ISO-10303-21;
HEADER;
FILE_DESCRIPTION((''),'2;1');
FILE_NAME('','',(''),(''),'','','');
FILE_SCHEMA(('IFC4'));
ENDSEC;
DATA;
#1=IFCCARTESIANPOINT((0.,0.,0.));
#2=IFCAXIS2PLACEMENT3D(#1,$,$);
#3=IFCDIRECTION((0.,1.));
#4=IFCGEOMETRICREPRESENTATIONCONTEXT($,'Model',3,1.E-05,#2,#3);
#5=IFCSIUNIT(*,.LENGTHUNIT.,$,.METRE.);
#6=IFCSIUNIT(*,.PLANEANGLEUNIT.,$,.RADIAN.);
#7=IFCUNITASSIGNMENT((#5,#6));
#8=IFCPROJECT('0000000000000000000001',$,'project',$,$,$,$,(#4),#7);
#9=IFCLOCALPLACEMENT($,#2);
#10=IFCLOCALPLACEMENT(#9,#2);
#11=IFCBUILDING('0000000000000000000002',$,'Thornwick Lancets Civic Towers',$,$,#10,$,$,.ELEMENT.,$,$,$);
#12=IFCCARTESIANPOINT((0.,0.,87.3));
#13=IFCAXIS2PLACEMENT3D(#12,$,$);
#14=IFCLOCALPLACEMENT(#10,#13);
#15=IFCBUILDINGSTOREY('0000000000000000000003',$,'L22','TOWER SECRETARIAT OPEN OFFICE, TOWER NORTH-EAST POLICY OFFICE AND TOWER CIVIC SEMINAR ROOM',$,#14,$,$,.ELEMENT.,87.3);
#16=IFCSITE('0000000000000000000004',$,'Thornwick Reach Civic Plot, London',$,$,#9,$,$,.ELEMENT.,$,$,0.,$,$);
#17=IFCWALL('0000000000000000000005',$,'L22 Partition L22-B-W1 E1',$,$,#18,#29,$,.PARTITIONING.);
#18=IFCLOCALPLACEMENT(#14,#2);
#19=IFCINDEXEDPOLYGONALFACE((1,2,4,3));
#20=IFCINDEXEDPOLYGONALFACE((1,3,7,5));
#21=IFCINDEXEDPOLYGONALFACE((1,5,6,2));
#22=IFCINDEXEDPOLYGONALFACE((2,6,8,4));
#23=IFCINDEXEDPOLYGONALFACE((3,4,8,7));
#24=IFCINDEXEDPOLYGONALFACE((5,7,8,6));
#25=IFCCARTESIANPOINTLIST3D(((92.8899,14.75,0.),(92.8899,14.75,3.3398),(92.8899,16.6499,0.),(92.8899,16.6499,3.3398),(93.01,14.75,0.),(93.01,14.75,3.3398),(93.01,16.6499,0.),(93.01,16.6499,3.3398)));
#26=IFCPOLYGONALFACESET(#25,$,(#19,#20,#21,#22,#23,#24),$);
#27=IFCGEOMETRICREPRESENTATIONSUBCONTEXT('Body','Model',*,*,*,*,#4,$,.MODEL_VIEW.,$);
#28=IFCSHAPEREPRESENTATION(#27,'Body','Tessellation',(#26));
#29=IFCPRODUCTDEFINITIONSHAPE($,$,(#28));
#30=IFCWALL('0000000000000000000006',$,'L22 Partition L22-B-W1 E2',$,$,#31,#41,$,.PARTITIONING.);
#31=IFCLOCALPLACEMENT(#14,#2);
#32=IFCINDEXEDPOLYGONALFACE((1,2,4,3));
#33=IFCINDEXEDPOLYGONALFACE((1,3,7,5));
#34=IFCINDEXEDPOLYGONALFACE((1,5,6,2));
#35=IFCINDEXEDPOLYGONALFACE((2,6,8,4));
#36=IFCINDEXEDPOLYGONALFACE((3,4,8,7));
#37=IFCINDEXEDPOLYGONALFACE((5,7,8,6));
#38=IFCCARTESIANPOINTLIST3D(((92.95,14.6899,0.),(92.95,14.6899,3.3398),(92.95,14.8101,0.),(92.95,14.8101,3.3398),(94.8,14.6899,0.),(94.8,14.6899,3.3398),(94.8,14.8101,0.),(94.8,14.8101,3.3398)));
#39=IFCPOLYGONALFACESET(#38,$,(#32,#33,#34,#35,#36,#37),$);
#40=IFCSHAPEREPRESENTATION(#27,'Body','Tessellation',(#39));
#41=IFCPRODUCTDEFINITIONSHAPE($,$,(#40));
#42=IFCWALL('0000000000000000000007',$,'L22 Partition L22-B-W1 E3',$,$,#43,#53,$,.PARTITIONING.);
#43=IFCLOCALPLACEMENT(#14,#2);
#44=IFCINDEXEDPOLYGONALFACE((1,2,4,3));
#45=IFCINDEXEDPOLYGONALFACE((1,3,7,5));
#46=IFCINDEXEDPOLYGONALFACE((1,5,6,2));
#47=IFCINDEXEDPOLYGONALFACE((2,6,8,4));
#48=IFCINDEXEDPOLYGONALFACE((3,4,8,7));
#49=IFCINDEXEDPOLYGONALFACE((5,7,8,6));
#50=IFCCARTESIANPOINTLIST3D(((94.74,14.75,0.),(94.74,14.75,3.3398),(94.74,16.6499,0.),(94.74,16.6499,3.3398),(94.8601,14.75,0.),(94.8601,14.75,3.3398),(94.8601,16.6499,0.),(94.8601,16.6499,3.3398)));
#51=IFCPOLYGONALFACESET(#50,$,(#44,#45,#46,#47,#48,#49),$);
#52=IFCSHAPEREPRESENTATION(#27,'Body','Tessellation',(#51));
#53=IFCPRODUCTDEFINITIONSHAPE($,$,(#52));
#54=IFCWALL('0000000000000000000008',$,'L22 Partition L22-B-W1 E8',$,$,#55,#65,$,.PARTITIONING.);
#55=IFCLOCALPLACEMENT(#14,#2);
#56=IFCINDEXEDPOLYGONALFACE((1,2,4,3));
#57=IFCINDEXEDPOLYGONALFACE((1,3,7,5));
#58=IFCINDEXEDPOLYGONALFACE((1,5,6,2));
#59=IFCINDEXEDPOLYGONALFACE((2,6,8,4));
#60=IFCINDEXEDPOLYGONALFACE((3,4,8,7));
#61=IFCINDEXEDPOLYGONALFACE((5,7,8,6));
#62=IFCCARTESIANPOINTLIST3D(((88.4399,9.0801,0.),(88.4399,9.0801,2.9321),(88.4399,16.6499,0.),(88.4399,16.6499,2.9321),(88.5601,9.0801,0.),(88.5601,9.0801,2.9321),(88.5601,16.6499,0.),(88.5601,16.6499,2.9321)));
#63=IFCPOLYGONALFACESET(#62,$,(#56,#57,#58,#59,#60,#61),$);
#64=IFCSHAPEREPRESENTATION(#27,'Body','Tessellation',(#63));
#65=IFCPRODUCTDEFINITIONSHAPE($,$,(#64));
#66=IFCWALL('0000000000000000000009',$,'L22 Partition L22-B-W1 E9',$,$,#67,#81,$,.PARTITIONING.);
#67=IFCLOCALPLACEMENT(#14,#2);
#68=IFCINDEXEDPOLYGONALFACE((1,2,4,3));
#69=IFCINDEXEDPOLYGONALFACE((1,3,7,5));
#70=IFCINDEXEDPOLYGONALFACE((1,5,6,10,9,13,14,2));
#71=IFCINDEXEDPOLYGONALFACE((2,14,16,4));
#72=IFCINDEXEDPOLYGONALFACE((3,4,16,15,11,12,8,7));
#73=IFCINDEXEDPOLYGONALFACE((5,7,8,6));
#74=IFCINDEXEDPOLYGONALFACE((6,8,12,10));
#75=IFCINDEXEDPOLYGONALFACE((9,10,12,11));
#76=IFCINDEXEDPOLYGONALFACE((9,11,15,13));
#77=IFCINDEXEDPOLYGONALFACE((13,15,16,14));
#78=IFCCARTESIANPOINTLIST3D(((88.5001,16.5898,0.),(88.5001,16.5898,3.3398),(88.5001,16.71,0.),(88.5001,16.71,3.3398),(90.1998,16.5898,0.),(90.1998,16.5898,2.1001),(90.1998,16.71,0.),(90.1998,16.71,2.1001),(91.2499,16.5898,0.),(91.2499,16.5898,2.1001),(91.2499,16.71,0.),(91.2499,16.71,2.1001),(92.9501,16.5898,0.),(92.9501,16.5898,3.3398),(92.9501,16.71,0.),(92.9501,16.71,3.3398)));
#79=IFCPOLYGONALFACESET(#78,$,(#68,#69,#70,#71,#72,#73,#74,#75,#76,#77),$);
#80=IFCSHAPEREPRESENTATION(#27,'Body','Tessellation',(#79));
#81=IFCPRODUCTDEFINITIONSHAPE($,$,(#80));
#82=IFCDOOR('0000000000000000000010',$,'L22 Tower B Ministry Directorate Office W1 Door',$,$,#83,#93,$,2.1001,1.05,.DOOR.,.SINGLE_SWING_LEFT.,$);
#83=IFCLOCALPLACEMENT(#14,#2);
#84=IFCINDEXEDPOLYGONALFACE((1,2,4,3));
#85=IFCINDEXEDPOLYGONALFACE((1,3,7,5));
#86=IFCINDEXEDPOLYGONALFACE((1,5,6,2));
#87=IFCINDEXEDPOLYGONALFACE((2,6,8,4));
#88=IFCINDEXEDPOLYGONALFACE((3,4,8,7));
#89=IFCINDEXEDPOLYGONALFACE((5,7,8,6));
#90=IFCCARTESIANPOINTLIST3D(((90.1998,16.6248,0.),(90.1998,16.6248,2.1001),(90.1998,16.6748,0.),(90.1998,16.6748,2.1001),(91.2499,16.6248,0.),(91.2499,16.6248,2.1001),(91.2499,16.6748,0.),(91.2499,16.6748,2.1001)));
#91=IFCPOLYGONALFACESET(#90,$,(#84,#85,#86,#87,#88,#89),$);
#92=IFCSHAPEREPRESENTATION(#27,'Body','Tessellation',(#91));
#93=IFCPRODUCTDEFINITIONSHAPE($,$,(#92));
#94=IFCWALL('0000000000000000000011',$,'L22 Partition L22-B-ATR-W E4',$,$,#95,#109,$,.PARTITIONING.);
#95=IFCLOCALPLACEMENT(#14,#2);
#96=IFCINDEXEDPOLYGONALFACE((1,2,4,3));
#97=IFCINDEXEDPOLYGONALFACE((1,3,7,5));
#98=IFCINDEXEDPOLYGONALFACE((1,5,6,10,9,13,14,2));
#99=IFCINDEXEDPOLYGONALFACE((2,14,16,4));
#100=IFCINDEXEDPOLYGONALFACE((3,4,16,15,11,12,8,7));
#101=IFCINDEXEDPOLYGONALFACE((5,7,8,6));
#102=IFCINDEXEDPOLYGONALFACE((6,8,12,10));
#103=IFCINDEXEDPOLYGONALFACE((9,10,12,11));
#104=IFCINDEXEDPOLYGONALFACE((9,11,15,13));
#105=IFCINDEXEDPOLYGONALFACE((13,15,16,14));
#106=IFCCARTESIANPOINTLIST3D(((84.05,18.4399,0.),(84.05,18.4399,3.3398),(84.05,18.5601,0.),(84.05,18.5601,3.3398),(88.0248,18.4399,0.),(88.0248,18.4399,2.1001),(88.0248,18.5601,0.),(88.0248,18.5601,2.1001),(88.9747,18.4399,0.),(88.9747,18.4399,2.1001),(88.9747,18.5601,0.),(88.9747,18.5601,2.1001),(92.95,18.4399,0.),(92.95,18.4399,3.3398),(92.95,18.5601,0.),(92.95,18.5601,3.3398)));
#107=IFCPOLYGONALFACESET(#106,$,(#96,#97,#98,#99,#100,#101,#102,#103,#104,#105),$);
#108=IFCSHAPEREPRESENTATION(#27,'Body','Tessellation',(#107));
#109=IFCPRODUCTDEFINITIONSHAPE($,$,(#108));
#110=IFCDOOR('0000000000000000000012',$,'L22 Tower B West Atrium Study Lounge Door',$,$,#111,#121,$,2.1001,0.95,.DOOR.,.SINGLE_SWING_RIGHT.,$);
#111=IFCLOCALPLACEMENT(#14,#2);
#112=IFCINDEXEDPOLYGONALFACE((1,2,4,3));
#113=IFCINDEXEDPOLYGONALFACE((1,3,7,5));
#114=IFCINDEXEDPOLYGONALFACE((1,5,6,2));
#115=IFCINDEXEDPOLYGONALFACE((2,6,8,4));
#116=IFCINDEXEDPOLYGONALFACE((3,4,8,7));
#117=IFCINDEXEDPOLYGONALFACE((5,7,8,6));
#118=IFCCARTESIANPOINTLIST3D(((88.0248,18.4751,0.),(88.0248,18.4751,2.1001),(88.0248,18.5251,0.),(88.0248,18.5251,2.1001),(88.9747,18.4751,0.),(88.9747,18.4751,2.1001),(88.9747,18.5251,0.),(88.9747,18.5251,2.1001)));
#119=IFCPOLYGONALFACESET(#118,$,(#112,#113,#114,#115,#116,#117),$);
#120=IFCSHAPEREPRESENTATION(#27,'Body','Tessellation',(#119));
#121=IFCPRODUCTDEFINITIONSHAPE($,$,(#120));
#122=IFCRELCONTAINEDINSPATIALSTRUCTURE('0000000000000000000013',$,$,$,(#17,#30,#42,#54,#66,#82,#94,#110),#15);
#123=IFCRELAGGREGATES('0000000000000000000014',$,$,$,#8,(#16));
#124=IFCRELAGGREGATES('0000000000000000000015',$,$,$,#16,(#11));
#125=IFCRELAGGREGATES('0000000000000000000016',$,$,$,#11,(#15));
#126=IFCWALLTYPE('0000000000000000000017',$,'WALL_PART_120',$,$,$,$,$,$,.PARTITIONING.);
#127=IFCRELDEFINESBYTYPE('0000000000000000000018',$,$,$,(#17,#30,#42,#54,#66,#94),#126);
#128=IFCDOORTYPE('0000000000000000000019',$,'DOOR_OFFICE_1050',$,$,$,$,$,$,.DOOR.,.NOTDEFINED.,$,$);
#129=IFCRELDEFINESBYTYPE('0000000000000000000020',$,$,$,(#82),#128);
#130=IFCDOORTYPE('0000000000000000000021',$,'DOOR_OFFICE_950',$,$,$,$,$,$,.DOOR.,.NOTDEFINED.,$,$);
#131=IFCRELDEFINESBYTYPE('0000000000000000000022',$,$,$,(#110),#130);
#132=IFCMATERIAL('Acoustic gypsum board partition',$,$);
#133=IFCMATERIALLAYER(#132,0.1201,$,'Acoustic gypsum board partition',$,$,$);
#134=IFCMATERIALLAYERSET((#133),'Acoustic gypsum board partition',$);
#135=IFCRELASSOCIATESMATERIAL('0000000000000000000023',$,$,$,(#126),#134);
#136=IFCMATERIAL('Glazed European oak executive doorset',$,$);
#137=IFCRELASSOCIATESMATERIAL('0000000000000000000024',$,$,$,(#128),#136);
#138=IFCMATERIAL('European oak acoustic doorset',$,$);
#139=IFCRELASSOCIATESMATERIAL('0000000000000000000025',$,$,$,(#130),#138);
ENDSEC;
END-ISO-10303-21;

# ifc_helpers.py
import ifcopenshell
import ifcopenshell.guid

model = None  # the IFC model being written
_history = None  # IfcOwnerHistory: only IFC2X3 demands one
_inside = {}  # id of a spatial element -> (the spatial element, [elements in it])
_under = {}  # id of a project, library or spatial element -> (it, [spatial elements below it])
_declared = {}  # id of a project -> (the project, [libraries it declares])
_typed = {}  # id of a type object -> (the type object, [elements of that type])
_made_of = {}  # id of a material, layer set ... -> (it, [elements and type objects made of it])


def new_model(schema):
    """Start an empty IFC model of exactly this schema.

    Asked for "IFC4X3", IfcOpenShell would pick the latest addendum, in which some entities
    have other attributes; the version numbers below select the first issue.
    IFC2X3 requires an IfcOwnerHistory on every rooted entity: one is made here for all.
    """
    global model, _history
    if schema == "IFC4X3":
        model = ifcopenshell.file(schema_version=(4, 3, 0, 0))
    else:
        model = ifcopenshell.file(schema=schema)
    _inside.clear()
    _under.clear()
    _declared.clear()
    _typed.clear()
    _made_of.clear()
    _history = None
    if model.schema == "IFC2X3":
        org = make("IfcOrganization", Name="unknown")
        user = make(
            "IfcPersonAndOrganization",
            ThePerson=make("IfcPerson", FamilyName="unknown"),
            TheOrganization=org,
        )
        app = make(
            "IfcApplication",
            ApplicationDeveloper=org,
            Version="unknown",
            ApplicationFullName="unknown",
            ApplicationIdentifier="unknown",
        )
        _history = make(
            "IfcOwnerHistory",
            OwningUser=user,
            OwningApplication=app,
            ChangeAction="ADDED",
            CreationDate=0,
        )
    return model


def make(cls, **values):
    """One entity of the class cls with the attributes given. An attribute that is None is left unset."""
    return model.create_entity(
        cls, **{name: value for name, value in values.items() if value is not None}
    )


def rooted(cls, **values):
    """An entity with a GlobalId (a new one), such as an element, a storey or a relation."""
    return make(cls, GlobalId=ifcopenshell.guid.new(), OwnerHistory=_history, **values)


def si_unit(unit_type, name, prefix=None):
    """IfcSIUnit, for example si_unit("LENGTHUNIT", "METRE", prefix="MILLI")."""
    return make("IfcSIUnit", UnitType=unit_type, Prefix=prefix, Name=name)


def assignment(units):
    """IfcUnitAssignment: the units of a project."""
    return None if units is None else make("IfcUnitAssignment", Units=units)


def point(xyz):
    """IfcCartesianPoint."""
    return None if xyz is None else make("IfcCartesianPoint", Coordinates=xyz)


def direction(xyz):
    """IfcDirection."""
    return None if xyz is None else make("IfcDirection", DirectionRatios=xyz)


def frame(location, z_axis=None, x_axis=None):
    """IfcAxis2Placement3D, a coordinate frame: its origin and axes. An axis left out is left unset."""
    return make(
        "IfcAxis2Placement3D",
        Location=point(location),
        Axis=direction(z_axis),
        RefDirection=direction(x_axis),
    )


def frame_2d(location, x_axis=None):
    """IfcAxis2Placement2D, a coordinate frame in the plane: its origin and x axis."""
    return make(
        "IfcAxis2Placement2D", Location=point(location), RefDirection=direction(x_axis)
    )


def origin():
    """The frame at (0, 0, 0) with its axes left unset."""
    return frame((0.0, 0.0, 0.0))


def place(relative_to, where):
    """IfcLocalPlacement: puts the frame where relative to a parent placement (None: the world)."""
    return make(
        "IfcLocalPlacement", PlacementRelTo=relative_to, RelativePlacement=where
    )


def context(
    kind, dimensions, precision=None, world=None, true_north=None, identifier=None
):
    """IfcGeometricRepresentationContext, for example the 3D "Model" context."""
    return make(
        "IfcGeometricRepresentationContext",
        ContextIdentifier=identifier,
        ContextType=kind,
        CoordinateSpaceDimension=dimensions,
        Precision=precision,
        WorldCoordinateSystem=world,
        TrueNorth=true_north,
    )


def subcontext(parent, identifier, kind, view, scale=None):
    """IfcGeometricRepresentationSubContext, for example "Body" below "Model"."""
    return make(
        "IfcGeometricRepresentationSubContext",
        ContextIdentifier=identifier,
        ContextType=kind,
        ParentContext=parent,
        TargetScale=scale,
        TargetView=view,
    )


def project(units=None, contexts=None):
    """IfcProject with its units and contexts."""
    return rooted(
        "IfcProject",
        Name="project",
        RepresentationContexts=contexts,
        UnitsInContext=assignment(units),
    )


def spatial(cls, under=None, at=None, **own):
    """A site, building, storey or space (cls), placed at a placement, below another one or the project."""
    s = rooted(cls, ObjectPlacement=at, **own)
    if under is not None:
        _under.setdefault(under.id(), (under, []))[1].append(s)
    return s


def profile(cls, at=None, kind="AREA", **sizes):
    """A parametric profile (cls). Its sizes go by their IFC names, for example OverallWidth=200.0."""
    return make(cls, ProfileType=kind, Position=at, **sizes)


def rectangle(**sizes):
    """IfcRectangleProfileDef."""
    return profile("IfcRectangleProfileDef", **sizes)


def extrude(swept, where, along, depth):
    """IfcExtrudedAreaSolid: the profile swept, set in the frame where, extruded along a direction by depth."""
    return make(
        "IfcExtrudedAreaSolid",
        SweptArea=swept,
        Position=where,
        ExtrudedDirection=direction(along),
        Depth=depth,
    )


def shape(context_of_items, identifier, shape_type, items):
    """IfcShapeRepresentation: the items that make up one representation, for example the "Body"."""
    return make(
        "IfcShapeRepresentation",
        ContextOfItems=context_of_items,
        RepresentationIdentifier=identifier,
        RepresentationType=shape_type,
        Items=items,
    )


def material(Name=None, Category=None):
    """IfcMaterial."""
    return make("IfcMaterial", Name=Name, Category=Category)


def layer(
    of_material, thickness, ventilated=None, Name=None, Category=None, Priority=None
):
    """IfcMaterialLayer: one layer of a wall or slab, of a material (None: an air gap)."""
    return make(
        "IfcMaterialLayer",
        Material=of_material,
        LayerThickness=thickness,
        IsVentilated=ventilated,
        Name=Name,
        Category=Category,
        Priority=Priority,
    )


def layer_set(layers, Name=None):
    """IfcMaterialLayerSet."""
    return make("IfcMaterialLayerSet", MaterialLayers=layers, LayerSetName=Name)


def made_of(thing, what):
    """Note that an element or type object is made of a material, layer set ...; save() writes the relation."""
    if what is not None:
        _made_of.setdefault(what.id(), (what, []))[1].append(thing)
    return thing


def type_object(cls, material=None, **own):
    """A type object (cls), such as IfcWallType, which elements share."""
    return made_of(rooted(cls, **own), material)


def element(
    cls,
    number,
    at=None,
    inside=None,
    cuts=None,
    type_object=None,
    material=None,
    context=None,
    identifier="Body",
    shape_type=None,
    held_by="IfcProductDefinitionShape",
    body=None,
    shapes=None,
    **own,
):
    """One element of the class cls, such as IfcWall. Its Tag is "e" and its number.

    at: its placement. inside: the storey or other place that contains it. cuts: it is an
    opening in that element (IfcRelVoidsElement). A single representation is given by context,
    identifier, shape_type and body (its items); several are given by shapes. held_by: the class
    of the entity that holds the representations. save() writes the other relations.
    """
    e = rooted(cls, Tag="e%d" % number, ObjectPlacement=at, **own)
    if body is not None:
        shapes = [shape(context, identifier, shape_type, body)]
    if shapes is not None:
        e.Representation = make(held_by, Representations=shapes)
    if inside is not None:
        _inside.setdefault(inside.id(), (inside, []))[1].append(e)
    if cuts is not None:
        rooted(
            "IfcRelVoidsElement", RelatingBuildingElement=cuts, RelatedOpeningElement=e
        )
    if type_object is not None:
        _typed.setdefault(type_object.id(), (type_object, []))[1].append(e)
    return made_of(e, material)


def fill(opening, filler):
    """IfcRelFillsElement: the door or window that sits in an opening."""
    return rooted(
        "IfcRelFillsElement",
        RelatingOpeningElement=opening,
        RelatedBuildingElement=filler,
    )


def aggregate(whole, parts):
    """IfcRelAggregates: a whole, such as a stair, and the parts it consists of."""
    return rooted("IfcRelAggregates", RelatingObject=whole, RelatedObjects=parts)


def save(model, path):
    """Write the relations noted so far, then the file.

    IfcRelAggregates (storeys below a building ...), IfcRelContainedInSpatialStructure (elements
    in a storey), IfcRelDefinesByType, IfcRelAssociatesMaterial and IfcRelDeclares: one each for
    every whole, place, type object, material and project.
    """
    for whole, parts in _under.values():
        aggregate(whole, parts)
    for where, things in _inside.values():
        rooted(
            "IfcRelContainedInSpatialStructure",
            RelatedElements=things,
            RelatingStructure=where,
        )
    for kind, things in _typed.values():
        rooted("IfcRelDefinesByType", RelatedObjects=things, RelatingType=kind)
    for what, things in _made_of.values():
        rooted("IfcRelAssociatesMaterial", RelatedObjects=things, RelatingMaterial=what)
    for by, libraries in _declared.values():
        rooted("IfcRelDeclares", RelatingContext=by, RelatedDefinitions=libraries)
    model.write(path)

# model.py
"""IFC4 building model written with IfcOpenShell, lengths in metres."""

from ifc_helpers import new_model, si_unit, direction, frame, frame_2d, origin, place, context, subcontext, project, spatial, rectangle, extrude, material, layer, layer_set, type_object, element, fill, save


model = new_model("IFC4")

# Units and contexts
model_context = context("Model", 3, precision=1e-05, world=origin(), true_north=direction((0.0, 1.0)))
body_context = subcontext(model_context, "Body", "Model", "MODEL_VIEW")
ifc_project = project(units=[si_unit("LENGTHUNIT", "METRE"), si_unit("PLANEANGLEUNIT", "RADIAN")], contexts=[model_context])

# Site, building, storey
site_placement = place(None, origin())
site = spatial("IfcSite", under=ifc_project, at=site_placement, Name="Thornwick Reach Civic Plot, London", CompositionType="ELEMENT", RefElevation=0.0)
building_placement = place(site_placement, origin())
building = spatial("IfcBuilding", under=site, at=building_placement, Name="Thornwick Lancets Civic Towers", CompositionType="ELEMENT")
storey_placement = place(building_placement, frame((0.0, 0.0, 87.3)))
storey = spatial("IfcBuildingStorey", under=building, at=storey_placement, Name="L22", Description="TOWER SECRETARIAT OPEN OFFICE, TOWER NORTH-EAST POLICY OFFICE AND TOWER CIVIC SEMINAR ROOM", CompositionType="ELEMENT", Elevation=87.3)

# Walls
ifc_material_1 = material(Name="Acoustic gypsum board partition")
ifc_layer_1 = layer(ifc_material_1, 0.1201, Name="Acoustic gypsum board partition")
ifc_layer_set_1 = layer_set([ifc_layer_1], Name="Acoustic gypsum board partition")
wall_type_1 = type_object("IfcWallType", Name="WALL_PART_120", PredefinedType="PARTITIONING", material=ifc_layer_set_1)
wall_1_placement = place(storey_placement, frame((92.95, 16.6499, 0.0), z_axis=(0.0, 0.0, 1.0), x_axis=(0.0, -1.0, 0.0)))
element("IfcWall", 1, at=wall_1_placement, inside=storey, type_object=wall_type_1, Name="L22 Partition L22-B-W1 E1", PredefinedType="PARTITIONING", context=body_context, shape_type="SweptSolid", body=[
    extrude(rectangle(XDim=1.8999, YDim=0.1201, at=frame_2d((0.95, 0.0))), origin(), (0.0, 0.0, 1.0), 3.3398),
])
wall_2_placement = place(storey_placement, frame((92.95, 14.75, 0.0), z_axis=(0.0, 0.0, 1.0), x_axis=(1.0, 0.0, 0.0)))
element("IfcWall", 2, at=wall_2_placement, inside=storey, type_object=wall_type_1, Name="L22 Partition L22-B-W1 E2", PredefinedType="PARTITIONING", context=body_context, shape_type="SweptSolid", body=[
    extrude(rectangle(XDim=1.8501, YDim=0.1201, at=frame_2d((0.925, 0.0))), origin(), (0.0, 0.0, 1.0), 3.3398),
])
wall_3_placement = place(storey_placement, frame((94.8, 14.75, 0.0), z_axis=(0.0, 0.0, 1.0), x_axis=(0.0, 1.0, 0.0)))
element("IfcWall", 3, at=wall_3_placement, inside=storey, type_object=wall_type_1, Name="L22 Partition L22-B-W1 E3", PredefinedType="PARTITIONING", context=body_context, shape_type="SweptSolid", body=[
    extrude(rectangle(XDim=1.8999, YDim=0.1201, at=frame_2d((0.95, 0.0))), origin(), (0.0, 0.0, 1.0), 3.3398),
])
wall_4_placement = place(storey_placement, frame((88.5, 9.0801, 0.0), z_axis=(0.0, 0.0, 1.0), x_axis=(0.0, 1.0, 0.0)))
element("IfcWall", 4, at=wall_4_placement, inside=storey, type_object=wall_type_1, Name="L22 Partition L22-B-W1 E8", PredefinedType="PARTITIONING", context=body_context, shape_type="SweptSolid", body=[
    extrude(rectangle(XDim=7.5698, YDim=0.1201, at=frame_2d((3.7849, 0.0))), origin(), (0.0, 0.0, 1.0), 2.9321),
])

# Walls, openings, doors
wall_5_placement = place(storey_placement, frame((88.5, 16.6499, 0.0), z_axis=(0.0, 0.0, 1.0), x_axis=(1.0, 0.0, 0.0)))
wall_5 = element("IfcWall", 5, at=wall_5_placement, inside=storey, type_object=wall_type_1, Name="L22 Partition L22-B-W1 E9", PredefinedType="PARTITIONING", context=body_context, shape_type="SweptSolid", body=[
    extrude(rectangle(XDim=4.45, YDim=0.1201, at=frame_2d((2.2251, 0.0))), origin(), (0.0, 0.0, 1.0), 3.3398),
])
opening_1_placement = place(wall_5_placement, frame((1.7, 0.0, 0.0)))
opening_1 = element("IfcOpeningElement", 6, at=opening_1_placement, cuts=wall_5, PredefinedType="OPENING", context=body_context, shape_type="SweptSolid", body=[
    extrude(rectangle(XDim=1.05, YDim=2.1001, at=frame_2d((0.5249, 1.05))), frame((0.0, 0.0701, 0.0), z_axis=(0.0, -1.0, 0.0), x_axis=(1.0, 0.0, 0.0)), (0.0, 0.0, 1.0), 0.1401),
])
ifc_material_2 = material(Name="Glazed European oak executive doorset")
door_type_1 = type_object("IfcDoorType", Name="DOOR_OFFICE_1050", OperationType="NOTDEFINED", PredefinedType="DOOR", material=ifc_material_2)
door_1_placement = place(opening_1_placement, origin())
door_1 = element("IfcDoor", 7, at=door_1_placement, inside=storey, type_object=door_type_1, Name="L22 Tower B Ministry Directorate Office W1 Door", OperationType="SINGLE_SWING_LEFT", OverallHeight=2.1001, OverallWidth=1.05, PredefinedType="DOOR", context=body_context, shape_type="SweptSolid", body=[
    extrude(rectangle(XDim=1.05, YDim=2.1001, at=frame_2d((0.5249, 1.05))), frame((0.0, 0.0249, 0.0), z_axis=(0.0, -1.0, 0.0), x_axis=(1.0, 0.0, 0.0)), (0.0, 0.0, 1.0), 0.05),
])
fill(opening_1, door_1)
wall_6_placement = place(storey_placement, frame((92.95, 18.5, 0.0), z_axis=(0.0, 0.0, 1.0), x_axis=(-1.0, 0.0, 0.0)))
wall_6 = element("IfcWall", 8, at=wall_6_placement, inside=storey, type_object=wall_type_1, Name="L22 Partition L22-B-ATR-W E4", PredefinedType="PARTITIONING", context=body_context, shape_type="SweptSolid", body=[
    extrude(rectangle(XDim=8.8999, YDim=0.1201, at=frame_2d((4.45, 0.0))), origin(), (0.0, 0.0, 1.0), 3.3398),
])
opening_2_placement = place(wall_6_placement, frame((3.9751, 0.0, 0.0)))
opening_2 = element("IfcOpeningElement", 9, at=opening_2_placement, cuts=wall_6, PredefinedType="OPENING", context=body_context, shape_type="SweptSolid", body=[
    extrude(rectangle(XDim=0.95, YDim=2.1001, at=frame_2d((0.4751, 1.05))), frame((0.0, 0.0701, 0.0), z_axis=(0.0, -1.0, 0.0), x_axis=(1.0, 0.0, 0.0)), (0.0, 0.0, 1.0), 0.1401),
])
ifc_material_3 = material(Name="European oak acoustic doorset")
door_type_2 = type_object("IfcDoorType", Name="DOOR_OFFICE_950", OperationType="NOTDEFINED", PredefinedType="DOOR", material=ifc_material_3)
door_2_placement = place(opening_2_placement, origin())
door_2 = element("IfcDoor", 10, at=door_2_placement, inside=storey, type_object=door_type_2, Name="L22 Tower B West Atrium Study Lounge Door", OperationType="SINGLE_SWING_RIGHT", OverallHeight=2.1001, OverallWidth=0.95, PredefinedType="DOOR", context=body_context, shape_type="SweptSolid", body=[
    extrude(rectangle(XDim=0.95, YDim=2.1001, at=frame_2d((0.4751, 1.05))), frame((0.0, 0.0249, 0.0), z_axis=(0.0, -1.0, 0.0), x_axis=(1.0, 0.0, 0.0)), (0.0, 0.0, 1.0), 0.05),
])
fill(opening_2, door_2)

save(model, "model.ifc")
